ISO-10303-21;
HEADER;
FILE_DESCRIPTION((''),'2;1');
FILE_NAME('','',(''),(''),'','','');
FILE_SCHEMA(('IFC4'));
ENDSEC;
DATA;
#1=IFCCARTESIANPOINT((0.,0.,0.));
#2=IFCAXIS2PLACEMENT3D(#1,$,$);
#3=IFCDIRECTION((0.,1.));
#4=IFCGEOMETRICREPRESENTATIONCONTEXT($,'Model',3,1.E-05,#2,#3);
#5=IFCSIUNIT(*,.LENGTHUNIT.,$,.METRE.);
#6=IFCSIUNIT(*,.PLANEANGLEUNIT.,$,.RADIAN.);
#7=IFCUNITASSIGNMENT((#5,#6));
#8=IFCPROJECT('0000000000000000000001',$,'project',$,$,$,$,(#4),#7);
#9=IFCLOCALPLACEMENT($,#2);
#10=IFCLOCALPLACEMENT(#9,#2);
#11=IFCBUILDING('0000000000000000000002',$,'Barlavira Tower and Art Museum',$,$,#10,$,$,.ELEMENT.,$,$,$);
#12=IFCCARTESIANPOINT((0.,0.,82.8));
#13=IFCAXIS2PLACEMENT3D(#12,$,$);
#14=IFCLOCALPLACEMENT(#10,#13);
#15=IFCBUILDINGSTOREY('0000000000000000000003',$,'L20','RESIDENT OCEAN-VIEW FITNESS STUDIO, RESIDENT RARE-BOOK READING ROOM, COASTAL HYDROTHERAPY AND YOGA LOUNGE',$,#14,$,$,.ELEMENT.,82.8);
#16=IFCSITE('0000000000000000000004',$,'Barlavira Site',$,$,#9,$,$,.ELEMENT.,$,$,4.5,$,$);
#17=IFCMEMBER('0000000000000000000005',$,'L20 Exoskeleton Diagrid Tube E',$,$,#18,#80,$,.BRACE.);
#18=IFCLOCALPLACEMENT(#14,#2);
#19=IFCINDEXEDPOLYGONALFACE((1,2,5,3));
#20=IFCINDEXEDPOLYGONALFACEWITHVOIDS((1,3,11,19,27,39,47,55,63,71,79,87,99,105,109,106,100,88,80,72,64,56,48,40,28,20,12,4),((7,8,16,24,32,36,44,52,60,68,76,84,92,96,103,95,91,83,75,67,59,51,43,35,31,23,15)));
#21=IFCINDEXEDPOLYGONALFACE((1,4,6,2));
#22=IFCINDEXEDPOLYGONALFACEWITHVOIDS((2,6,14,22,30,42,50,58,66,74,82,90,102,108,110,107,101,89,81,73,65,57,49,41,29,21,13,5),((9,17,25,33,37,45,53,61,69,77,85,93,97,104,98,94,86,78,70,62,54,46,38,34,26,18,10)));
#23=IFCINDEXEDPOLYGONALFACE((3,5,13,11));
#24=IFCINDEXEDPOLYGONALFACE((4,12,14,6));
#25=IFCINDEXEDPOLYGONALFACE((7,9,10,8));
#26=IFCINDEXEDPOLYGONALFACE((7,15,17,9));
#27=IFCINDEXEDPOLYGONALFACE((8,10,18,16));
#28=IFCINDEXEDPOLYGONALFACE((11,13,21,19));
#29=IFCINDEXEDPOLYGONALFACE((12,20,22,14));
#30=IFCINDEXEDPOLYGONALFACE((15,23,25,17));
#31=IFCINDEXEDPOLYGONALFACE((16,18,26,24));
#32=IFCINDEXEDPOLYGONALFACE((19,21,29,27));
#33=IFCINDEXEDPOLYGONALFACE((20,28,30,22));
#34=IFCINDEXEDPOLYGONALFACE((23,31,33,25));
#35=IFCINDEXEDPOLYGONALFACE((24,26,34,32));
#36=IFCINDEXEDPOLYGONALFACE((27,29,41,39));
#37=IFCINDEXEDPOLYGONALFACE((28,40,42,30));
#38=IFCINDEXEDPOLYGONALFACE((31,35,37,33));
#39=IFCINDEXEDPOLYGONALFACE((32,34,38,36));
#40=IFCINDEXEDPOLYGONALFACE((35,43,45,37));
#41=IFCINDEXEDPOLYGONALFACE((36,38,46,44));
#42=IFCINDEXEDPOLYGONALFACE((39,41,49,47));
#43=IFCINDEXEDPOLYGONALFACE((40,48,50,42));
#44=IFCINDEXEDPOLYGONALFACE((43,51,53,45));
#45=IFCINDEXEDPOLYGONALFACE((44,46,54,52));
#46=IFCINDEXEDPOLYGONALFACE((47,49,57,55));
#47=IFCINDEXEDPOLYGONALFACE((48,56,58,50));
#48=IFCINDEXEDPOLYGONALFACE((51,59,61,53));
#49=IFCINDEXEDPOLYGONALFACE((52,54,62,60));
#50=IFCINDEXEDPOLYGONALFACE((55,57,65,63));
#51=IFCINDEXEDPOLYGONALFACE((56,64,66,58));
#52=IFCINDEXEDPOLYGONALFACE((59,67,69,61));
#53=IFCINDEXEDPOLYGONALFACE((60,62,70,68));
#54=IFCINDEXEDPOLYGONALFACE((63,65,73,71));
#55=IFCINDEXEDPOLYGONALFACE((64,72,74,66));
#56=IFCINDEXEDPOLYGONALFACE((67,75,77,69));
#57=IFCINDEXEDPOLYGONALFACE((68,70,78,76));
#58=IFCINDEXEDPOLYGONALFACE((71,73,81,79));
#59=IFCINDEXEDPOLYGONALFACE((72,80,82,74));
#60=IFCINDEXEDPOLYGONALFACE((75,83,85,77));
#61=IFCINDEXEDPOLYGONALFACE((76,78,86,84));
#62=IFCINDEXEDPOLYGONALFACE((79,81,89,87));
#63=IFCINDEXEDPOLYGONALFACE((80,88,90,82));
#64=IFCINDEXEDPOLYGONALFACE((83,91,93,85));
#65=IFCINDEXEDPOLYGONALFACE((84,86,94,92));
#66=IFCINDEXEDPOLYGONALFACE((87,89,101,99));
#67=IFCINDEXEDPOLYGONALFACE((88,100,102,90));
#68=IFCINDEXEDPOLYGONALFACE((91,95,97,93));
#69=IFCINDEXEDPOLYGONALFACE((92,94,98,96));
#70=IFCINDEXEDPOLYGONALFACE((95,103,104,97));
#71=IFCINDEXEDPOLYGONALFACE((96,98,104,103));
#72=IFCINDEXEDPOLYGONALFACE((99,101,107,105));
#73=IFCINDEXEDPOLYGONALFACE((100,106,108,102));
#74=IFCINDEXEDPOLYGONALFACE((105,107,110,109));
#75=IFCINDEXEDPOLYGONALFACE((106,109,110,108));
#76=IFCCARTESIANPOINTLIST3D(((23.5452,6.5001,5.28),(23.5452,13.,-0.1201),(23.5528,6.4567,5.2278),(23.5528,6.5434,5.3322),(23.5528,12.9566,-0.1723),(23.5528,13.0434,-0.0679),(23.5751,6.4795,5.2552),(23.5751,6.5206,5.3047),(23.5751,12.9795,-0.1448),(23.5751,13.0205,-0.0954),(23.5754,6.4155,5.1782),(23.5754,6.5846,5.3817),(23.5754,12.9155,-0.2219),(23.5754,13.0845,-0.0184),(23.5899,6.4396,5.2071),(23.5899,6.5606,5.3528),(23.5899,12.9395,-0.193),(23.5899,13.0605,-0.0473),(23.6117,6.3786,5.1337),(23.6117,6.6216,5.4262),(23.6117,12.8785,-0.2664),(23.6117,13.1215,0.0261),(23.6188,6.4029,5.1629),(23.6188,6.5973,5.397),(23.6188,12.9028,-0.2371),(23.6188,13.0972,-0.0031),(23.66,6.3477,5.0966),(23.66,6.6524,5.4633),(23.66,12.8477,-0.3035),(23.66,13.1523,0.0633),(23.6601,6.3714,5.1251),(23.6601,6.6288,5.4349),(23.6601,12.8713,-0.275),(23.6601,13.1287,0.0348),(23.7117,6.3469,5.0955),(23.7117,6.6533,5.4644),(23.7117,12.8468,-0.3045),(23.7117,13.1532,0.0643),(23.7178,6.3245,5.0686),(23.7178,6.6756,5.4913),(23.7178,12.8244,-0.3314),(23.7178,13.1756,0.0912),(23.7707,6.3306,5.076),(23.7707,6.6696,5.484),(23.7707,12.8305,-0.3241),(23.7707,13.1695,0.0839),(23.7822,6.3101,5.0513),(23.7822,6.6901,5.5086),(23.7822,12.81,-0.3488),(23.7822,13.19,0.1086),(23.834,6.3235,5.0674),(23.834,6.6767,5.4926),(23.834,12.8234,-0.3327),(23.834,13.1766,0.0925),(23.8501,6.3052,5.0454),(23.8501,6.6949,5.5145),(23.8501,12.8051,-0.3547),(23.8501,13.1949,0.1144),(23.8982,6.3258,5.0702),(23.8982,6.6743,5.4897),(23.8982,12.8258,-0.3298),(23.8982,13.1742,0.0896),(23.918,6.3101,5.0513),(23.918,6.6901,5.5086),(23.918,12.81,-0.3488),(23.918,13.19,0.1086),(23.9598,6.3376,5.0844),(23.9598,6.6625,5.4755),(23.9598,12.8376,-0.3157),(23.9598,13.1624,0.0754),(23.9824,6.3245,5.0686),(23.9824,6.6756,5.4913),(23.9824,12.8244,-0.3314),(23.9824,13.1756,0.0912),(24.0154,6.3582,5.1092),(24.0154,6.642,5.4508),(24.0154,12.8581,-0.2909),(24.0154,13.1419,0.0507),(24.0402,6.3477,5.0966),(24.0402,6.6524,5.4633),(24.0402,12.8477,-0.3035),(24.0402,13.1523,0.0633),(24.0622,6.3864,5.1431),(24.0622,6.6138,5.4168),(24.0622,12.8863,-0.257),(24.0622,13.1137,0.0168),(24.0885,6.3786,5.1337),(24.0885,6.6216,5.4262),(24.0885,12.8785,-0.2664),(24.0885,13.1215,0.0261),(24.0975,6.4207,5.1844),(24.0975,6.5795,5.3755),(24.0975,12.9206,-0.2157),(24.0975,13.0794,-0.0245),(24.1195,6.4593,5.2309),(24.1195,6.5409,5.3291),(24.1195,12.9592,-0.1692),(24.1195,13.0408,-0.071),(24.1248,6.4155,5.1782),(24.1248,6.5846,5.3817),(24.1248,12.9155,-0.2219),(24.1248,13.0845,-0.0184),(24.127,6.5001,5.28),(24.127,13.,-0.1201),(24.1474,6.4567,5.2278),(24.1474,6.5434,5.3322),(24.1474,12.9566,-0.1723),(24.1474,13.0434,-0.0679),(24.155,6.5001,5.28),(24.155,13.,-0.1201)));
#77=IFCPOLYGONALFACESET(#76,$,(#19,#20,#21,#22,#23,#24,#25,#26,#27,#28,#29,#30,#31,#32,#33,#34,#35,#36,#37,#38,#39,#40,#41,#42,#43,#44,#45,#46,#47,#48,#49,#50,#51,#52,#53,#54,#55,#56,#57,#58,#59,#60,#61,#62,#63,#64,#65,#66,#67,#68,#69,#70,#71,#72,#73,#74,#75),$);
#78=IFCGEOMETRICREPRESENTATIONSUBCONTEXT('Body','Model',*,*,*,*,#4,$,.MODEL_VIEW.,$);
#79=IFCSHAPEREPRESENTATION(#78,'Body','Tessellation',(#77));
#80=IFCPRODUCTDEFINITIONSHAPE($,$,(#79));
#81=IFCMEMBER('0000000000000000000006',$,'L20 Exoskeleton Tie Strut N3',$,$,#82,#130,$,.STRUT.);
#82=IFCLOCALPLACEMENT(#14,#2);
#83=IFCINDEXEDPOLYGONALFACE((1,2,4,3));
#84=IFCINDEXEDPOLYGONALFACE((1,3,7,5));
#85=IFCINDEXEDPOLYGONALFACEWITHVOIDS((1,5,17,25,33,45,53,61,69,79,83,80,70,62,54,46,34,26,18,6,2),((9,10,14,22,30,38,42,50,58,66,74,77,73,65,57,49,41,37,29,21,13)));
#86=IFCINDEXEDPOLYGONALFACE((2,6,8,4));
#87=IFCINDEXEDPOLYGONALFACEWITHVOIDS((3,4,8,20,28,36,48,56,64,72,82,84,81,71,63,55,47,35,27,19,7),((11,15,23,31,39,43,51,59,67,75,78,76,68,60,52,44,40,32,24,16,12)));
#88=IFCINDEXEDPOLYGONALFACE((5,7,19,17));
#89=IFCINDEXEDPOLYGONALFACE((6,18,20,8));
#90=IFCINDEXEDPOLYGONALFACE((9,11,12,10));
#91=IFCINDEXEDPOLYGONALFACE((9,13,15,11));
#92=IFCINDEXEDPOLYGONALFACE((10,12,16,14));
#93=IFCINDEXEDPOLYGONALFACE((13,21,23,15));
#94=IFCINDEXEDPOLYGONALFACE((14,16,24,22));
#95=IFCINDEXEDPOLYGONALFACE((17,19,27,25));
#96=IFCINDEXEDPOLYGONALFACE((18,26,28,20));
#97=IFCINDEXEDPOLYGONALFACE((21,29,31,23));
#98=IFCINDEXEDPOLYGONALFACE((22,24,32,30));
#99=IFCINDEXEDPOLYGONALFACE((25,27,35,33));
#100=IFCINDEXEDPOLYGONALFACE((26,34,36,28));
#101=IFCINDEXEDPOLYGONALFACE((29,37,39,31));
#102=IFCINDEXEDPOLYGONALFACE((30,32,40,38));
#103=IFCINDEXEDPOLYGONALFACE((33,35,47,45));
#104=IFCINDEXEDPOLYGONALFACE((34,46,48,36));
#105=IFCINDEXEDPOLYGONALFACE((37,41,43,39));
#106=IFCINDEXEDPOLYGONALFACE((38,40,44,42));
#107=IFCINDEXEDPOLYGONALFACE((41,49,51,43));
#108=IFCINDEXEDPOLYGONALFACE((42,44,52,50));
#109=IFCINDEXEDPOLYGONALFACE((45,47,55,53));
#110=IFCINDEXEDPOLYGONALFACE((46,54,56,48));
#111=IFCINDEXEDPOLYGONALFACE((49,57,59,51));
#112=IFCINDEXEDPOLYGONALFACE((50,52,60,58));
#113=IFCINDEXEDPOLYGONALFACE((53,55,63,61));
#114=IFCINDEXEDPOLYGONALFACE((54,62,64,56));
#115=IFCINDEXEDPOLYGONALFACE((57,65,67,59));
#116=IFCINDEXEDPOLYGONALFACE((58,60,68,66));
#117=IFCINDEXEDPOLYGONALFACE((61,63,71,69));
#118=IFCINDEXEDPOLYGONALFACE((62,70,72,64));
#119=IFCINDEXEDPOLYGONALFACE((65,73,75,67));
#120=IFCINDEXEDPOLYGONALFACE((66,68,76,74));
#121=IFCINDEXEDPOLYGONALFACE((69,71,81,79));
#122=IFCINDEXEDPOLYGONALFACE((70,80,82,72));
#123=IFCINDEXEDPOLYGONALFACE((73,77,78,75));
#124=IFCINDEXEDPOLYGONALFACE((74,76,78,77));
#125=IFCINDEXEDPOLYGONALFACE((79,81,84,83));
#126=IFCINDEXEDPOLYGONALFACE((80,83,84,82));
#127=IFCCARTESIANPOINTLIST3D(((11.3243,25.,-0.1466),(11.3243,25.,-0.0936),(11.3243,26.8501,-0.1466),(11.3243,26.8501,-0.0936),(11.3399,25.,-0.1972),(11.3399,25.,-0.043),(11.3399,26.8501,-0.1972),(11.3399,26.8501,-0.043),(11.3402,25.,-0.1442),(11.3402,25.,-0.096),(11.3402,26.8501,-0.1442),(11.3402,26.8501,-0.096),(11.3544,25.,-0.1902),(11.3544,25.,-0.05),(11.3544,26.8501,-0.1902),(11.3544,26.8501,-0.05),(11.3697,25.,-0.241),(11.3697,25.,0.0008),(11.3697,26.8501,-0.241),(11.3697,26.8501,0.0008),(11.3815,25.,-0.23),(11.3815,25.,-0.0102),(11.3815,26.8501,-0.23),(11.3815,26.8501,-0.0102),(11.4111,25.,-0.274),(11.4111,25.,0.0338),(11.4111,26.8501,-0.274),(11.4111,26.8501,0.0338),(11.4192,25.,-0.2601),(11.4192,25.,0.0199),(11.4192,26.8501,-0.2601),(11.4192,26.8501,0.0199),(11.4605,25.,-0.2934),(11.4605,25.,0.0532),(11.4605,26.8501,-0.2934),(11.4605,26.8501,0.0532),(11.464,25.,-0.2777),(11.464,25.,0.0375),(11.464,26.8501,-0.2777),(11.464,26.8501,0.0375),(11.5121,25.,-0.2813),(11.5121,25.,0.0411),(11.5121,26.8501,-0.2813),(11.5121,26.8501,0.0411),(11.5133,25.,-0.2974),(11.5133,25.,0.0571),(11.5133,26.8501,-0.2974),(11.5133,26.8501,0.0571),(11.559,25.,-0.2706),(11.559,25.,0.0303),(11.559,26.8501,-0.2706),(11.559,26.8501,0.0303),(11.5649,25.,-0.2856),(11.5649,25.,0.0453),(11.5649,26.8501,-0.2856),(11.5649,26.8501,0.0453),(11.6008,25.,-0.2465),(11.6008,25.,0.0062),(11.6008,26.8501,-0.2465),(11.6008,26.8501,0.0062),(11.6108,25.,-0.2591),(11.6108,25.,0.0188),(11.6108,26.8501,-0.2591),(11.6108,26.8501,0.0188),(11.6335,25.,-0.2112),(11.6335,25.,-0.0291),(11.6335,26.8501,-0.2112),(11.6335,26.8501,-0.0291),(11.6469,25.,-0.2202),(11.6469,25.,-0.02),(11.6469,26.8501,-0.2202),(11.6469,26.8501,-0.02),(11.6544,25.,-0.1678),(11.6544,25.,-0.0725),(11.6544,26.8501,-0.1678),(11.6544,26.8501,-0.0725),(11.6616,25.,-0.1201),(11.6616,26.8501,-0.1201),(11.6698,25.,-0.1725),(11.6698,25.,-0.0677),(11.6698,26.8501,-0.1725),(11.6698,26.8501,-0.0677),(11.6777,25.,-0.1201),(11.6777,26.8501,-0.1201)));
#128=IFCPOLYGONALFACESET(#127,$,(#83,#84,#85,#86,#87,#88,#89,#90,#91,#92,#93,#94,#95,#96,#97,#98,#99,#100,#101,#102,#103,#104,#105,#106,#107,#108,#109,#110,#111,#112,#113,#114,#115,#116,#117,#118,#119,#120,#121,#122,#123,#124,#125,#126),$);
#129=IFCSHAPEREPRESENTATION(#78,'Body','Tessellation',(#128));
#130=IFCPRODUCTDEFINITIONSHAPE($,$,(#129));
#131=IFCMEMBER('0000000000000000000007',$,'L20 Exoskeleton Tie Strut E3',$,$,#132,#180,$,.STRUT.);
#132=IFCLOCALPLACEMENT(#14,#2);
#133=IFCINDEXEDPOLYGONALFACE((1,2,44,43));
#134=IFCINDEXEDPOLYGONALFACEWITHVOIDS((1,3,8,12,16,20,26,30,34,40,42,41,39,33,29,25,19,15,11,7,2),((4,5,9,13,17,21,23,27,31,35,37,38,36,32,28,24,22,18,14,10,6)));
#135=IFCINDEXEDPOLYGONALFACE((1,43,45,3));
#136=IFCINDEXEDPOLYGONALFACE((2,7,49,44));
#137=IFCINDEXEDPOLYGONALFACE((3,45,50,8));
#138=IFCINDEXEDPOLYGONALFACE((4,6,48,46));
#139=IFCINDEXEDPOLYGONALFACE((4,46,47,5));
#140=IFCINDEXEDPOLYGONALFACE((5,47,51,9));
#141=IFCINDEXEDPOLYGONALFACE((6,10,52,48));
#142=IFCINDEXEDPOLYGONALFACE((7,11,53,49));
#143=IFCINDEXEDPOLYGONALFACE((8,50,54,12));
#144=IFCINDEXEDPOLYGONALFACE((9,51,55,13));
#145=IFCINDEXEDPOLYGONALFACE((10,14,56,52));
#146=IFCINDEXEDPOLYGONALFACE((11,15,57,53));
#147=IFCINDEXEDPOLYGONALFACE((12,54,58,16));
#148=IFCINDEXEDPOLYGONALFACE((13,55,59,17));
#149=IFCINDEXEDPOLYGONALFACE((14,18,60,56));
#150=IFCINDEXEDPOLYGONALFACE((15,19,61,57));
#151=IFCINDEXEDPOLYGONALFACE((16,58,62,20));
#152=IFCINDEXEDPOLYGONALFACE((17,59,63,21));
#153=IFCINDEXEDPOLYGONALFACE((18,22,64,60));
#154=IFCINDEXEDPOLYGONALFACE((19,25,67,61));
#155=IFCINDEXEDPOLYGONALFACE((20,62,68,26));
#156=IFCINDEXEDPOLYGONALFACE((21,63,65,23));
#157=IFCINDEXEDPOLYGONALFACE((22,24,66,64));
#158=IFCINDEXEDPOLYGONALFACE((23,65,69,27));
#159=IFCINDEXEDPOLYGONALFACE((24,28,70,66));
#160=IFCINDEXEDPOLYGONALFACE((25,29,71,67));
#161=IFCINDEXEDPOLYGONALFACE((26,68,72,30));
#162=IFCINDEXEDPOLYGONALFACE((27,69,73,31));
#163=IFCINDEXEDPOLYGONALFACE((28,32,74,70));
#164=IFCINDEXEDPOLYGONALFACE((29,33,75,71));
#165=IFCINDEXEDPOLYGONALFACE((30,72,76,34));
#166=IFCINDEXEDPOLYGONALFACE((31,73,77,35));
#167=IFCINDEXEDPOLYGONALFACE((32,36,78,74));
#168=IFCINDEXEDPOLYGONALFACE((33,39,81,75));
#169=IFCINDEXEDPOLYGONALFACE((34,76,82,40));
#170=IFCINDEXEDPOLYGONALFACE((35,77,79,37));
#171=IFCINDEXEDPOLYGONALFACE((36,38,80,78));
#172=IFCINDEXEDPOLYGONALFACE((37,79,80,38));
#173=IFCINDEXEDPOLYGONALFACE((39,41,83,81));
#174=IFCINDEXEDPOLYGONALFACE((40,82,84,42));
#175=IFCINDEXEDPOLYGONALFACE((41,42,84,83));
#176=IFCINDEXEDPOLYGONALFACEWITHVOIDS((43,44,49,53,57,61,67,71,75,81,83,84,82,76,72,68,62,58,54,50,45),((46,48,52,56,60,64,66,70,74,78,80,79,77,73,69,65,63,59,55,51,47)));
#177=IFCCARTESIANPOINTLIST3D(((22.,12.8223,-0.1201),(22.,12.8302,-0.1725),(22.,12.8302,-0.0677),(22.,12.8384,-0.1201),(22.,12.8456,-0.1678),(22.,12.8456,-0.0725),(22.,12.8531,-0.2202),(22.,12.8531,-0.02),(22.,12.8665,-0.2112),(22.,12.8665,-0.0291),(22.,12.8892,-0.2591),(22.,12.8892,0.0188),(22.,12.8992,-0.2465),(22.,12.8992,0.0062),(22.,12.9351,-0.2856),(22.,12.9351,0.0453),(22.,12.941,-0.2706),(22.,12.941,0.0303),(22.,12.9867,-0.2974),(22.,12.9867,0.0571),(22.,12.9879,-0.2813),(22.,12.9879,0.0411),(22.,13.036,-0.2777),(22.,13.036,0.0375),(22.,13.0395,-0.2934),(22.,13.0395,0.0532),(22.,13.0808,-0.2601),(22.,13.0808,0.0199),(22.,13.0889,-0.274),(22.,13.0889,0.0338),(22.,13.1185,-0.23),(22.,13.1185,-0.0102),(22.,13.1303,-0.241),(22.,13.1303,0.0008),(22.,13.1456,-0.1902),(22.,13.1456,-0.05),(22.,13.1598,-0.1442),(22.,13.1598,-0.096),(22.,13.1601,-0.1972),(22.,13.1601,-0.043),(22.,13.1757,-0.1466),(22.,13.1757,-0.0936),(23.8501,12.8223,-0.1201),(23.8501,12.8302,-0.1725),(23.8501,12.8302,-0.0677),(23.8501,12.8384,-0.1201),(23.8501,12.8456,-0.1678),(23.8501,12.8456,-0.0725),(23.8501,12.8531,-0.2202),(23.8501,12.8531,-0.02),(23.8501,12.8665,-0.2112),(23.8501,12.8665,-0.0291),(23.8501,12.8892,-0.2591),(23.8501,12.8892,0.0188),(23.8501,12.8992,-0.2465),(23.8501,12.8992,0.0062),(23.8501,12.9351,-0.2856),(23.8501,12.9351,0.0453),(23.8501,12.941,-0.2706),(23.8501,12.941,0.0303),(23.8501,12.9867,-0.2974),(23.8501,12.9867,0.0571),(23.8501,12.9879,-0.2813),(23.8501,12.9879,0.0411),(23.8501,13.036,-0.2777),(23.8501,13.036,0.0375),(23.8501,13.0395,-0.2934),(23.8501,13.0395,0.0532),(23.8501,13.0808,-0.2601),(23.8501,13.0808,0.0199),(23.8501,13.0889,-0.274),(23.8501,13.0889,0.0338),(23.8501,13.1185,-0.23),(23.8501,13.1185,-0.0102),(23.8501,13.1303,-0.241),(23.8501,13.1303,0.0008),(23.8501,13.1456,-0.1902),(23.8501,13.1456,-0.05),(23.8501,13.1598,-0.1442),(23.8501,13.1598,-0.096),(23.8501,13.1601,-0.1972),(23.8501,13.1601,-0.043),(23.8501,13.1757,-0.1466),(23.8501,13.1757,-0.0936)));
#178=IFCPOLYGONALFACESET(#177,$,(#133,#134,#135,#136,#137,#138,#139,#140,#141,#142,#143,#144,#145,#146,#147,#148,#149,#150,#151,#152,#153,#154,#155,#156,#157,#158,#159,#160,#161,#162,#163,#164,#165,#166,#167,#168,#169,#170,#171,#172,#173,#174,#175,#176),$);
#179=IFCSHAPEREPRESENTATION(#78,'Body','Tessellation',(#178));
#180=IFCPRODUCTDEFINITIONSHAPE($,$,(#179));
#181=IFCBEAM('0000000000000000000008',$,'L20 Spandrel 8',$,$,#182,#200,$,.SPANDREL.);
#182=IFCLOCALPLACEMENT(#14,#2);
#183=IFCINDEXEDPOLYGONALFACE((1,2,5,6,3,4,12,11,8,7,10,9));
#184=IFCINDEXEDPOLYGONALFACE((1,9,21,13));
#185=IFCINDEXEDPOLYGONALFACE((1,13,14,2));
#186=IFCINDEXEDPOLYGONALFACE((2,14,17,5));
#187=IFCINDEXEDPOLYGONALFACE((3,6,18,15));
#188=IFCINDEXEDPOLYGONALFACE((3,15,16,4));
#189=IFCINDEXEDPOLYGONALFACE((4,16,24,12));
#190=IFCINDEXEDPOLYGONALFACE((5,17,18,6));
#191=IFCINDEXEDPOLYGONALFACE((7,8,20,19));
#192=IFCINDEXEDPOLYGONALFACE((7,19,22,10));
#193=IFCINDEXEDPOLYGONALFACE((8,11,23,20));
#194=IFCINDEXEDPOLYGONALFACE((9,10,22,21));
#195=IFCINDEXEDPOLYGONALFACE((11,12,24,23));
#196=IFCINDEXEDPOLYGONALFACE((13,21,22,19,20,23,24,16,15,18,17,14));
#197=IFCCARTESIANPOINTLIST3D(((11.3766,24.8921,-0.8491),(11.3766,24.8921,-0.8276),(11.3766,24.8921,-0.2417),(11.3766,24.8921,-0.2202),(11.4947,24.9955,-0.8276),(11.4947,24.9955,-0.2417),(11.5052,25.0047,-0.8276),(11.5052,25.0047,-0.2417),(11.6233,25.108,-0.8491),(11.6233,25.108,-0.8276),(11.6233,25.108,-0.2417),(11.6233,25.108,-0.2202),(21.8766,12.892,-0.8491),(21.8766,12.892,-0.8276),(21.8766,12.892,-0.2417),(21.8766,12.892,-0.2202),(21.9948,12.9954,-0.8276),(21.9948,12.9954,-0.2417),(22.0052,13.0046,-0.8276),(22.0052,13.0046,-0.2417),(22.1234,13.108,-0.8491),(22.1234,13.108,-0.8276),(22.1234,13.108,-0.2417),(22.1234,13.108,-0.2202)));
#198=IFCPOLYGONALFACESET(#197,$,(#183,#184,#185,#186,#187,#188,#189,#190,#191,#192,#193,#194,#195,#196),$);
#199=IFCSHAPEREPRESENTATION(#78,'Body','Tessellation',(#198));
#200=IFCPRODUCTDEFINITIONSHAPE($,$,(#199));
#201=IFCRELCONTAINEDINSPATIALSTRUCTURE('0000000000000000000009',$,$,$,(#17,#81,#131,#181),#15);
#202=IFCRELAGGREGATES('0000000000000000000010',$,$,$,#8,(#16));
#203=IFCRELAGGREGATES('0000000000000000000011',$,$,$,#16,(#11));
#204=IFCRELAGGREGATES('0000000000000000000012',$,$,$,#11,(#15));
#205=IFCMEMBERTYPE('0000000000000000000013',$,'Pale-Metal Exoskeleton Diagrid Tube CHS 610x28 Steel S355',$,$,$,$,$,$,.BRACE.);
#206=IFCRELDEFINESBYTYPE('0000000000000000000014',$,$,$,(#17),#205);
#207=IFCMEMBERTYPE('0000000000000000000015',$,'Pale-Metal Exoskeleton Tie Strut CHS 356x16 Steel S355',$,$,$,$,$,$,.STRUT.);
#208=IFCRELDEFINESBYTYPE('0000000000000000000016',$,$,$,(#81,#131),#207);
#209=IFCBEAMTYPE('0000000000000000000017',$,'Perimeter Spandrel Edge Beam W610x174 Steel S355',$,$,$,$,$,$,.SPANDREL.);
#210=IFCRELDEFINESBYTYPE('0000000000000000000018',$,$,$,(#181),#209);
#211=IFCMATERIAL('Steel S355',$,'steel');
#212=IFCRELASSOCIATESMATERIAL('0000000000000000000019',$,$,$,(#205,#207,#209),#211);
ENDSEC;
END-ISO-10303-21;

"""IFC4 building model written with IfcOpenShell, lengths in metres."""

from ifc_helpers import new_model, si_unit, direction, frame, origin, origin_2d, place, context, subcontext, project, spatial, hollow_circle, i_section, extrude, material, material_profile, profile_set, type_object, element, save


model = new_model("IFC4")

# Units and contexts
model_context = context("Model", 3, precision=1e-05, world=origin(), true_north=direction((0.0, 1.0)))
body_context = subcontext(model_context, "Body", "Model", "MODEL_VIEW")
ifc_project = project(units=[si_unit("LENGTHUNIT", "METRE"), si_unit("PLANEANGLEUNIT", "RADIAN")], contexts=[model_context])

# Site, building, storey
site_placement = place(None, origin())
site = spatial("IfcSite", under=ifc_project, at=site_placement, Name="Barlavira Site", CompositionType="ELEMENT", RefElevation=4.5)
building_placement = place(site_placement, origin())
building = spatial("IfcBuilding", under=site, at=building_placement, Name="Barlavira Tower and Art Museum", CompositionType="ELEMENT")
storey_placement = place(building_placement, frame((0.0, 0.0, 82.8)))
storey = spatial("IfcBuildingStorey", under=building, at=storey_placement, Name="L20", Description="RESIDENT OCEAN-VIEW FITNESS STUDIO, RESIDENT RARE-BOOK READING ROOM, COASTAL HYDROTHERAPY AND YOGA LOUNGE", CompositionType="ELEMENT", Elevation=82.8)

# Members
ifc_material_1 = material(Name="Steel S355", Category="steel")
ifc_material_profile_1 = material_profile(ifc_material_1, hollow_circle(Radius=0.3049, WallThickness=0.0281, at=origin_2d()), Name="CHS 610.0x28.0")
ifc_profile_set_1 = profile_set([ifc_material_profile_1], Name="Steel S355")
member_type_1 = type_object("IfcMemberType", Name="Pale-Metal Exoskeleton Diagrid Tube CHS 610x28 Steel S355", PredefinedType="BRACE", material=ifc_profile_set_1)
member_1_placement = place(storey_placement, frame((23.8501, 13.0, -0.1201), z_axis=(0.0, -0.769182, 0.63903), x_axis=(1.0, 0.0, 0.0)))
element("IfcMember", 1, at=member_1_placement, inside=storey, type_object=member_type_1, Name="L20 Exoskeleton Diagrid Tube E", PredefinedType="BRACE", context=body_context, shape_type="SweptSolid", body=[
    extrude(hollow_circle(Radius=0.3049, WallThickness=0.0281, at=origin_2d()), origin(), (0.0, 0.0, 1.0), 8.4504),
])
ifc_material_profile_2 = material_profile(ifc_material_1, hollow_circle(Radius=0.1777, WallThickness=0.0161, at=origin_2d()), Name="CHS 355.6x16.0")
ifc_profile_set_2 = profile_set([ifc_material_profile_2], Name="Steel S355")
member_type_2 = type_object("IfcMemberType", Name="Pale-Metal Exoskeleton Tie Strut CHS 356x16 Steel S355", PredefinedType="STRUT", material=ifc_profile_set_2)
for number, where, z_axis, x_axis, name in (
    (2, (11.5, 26.8501, -0.1201), (0.0, -1.0, 0.0), (1.0, 0.0, 0.0), "L20 Exoskeleton Tie Strut N3"),
    (3, (23.8501, 13.0, -0.1201), (-1.0, 0.0, 0.0), (0.0, -1.0, 0.0), "L20 Exoskeleton Tie Strut E3"),
):
    element("IfcMember", number, at=place(storey_placement, frame(where, z_axis=z_axis, x_axis=x_axis)), inside=storey, type_object=member_type_2, Name=name, PredefinedType="STRUT", context=body_context, shape_type="SweptSolid", body=[
        extrude(hollow_circle(Radius=0.1777, WallThickness=0.0161, at=origin_2d()), origin(), (0.0, 0.0, 1.0), 1.8501),
    ])

# Beam
ifc_material_profile_3 = material_profile(ifc_material_1, i_section(OverallWidth=0.3279, OverallDepth=0.6289, WebThickness=0.0139, FlangeThickness=0.0215, at=origin_2d()), Name="W610x174.0")
ifc_profile_set_3 = profile_set([ifc_material_profile_3], Name="Steel S355")
beam_type_1 = type_object("IfcBeamType", Name="Perimeter Spandrel Edge Beam W610x174 Steel S355", PredefinedType="SPANDREL", material=ifc_profile_set_3)
beam_1_placement = place(storey_placement, frame((22.0, 13.0, -0.5347), z_axis=(-0.658505, 0.752577, 0.0), x_axis=(-0.752577, -0.658505, 0.0)))
element("IfcBeam", 4, at=beam_1_placement, inside=storey, type_object=beam_type_1, Name="L20 Spandrel 8", PredefinedType="SPANDREL", context=body_context, shape_type="SweptSolid", body=[
    extrude(i_section(OverallWidth=0.3279, OverallDepth=0.6289, WebThickness=0.0139, FlangeThickness=0.0215, at=origin_2d()), origin(), (0.0, 0.0, 1.0), 15.9453),
])

save(model, "model.ifc")
